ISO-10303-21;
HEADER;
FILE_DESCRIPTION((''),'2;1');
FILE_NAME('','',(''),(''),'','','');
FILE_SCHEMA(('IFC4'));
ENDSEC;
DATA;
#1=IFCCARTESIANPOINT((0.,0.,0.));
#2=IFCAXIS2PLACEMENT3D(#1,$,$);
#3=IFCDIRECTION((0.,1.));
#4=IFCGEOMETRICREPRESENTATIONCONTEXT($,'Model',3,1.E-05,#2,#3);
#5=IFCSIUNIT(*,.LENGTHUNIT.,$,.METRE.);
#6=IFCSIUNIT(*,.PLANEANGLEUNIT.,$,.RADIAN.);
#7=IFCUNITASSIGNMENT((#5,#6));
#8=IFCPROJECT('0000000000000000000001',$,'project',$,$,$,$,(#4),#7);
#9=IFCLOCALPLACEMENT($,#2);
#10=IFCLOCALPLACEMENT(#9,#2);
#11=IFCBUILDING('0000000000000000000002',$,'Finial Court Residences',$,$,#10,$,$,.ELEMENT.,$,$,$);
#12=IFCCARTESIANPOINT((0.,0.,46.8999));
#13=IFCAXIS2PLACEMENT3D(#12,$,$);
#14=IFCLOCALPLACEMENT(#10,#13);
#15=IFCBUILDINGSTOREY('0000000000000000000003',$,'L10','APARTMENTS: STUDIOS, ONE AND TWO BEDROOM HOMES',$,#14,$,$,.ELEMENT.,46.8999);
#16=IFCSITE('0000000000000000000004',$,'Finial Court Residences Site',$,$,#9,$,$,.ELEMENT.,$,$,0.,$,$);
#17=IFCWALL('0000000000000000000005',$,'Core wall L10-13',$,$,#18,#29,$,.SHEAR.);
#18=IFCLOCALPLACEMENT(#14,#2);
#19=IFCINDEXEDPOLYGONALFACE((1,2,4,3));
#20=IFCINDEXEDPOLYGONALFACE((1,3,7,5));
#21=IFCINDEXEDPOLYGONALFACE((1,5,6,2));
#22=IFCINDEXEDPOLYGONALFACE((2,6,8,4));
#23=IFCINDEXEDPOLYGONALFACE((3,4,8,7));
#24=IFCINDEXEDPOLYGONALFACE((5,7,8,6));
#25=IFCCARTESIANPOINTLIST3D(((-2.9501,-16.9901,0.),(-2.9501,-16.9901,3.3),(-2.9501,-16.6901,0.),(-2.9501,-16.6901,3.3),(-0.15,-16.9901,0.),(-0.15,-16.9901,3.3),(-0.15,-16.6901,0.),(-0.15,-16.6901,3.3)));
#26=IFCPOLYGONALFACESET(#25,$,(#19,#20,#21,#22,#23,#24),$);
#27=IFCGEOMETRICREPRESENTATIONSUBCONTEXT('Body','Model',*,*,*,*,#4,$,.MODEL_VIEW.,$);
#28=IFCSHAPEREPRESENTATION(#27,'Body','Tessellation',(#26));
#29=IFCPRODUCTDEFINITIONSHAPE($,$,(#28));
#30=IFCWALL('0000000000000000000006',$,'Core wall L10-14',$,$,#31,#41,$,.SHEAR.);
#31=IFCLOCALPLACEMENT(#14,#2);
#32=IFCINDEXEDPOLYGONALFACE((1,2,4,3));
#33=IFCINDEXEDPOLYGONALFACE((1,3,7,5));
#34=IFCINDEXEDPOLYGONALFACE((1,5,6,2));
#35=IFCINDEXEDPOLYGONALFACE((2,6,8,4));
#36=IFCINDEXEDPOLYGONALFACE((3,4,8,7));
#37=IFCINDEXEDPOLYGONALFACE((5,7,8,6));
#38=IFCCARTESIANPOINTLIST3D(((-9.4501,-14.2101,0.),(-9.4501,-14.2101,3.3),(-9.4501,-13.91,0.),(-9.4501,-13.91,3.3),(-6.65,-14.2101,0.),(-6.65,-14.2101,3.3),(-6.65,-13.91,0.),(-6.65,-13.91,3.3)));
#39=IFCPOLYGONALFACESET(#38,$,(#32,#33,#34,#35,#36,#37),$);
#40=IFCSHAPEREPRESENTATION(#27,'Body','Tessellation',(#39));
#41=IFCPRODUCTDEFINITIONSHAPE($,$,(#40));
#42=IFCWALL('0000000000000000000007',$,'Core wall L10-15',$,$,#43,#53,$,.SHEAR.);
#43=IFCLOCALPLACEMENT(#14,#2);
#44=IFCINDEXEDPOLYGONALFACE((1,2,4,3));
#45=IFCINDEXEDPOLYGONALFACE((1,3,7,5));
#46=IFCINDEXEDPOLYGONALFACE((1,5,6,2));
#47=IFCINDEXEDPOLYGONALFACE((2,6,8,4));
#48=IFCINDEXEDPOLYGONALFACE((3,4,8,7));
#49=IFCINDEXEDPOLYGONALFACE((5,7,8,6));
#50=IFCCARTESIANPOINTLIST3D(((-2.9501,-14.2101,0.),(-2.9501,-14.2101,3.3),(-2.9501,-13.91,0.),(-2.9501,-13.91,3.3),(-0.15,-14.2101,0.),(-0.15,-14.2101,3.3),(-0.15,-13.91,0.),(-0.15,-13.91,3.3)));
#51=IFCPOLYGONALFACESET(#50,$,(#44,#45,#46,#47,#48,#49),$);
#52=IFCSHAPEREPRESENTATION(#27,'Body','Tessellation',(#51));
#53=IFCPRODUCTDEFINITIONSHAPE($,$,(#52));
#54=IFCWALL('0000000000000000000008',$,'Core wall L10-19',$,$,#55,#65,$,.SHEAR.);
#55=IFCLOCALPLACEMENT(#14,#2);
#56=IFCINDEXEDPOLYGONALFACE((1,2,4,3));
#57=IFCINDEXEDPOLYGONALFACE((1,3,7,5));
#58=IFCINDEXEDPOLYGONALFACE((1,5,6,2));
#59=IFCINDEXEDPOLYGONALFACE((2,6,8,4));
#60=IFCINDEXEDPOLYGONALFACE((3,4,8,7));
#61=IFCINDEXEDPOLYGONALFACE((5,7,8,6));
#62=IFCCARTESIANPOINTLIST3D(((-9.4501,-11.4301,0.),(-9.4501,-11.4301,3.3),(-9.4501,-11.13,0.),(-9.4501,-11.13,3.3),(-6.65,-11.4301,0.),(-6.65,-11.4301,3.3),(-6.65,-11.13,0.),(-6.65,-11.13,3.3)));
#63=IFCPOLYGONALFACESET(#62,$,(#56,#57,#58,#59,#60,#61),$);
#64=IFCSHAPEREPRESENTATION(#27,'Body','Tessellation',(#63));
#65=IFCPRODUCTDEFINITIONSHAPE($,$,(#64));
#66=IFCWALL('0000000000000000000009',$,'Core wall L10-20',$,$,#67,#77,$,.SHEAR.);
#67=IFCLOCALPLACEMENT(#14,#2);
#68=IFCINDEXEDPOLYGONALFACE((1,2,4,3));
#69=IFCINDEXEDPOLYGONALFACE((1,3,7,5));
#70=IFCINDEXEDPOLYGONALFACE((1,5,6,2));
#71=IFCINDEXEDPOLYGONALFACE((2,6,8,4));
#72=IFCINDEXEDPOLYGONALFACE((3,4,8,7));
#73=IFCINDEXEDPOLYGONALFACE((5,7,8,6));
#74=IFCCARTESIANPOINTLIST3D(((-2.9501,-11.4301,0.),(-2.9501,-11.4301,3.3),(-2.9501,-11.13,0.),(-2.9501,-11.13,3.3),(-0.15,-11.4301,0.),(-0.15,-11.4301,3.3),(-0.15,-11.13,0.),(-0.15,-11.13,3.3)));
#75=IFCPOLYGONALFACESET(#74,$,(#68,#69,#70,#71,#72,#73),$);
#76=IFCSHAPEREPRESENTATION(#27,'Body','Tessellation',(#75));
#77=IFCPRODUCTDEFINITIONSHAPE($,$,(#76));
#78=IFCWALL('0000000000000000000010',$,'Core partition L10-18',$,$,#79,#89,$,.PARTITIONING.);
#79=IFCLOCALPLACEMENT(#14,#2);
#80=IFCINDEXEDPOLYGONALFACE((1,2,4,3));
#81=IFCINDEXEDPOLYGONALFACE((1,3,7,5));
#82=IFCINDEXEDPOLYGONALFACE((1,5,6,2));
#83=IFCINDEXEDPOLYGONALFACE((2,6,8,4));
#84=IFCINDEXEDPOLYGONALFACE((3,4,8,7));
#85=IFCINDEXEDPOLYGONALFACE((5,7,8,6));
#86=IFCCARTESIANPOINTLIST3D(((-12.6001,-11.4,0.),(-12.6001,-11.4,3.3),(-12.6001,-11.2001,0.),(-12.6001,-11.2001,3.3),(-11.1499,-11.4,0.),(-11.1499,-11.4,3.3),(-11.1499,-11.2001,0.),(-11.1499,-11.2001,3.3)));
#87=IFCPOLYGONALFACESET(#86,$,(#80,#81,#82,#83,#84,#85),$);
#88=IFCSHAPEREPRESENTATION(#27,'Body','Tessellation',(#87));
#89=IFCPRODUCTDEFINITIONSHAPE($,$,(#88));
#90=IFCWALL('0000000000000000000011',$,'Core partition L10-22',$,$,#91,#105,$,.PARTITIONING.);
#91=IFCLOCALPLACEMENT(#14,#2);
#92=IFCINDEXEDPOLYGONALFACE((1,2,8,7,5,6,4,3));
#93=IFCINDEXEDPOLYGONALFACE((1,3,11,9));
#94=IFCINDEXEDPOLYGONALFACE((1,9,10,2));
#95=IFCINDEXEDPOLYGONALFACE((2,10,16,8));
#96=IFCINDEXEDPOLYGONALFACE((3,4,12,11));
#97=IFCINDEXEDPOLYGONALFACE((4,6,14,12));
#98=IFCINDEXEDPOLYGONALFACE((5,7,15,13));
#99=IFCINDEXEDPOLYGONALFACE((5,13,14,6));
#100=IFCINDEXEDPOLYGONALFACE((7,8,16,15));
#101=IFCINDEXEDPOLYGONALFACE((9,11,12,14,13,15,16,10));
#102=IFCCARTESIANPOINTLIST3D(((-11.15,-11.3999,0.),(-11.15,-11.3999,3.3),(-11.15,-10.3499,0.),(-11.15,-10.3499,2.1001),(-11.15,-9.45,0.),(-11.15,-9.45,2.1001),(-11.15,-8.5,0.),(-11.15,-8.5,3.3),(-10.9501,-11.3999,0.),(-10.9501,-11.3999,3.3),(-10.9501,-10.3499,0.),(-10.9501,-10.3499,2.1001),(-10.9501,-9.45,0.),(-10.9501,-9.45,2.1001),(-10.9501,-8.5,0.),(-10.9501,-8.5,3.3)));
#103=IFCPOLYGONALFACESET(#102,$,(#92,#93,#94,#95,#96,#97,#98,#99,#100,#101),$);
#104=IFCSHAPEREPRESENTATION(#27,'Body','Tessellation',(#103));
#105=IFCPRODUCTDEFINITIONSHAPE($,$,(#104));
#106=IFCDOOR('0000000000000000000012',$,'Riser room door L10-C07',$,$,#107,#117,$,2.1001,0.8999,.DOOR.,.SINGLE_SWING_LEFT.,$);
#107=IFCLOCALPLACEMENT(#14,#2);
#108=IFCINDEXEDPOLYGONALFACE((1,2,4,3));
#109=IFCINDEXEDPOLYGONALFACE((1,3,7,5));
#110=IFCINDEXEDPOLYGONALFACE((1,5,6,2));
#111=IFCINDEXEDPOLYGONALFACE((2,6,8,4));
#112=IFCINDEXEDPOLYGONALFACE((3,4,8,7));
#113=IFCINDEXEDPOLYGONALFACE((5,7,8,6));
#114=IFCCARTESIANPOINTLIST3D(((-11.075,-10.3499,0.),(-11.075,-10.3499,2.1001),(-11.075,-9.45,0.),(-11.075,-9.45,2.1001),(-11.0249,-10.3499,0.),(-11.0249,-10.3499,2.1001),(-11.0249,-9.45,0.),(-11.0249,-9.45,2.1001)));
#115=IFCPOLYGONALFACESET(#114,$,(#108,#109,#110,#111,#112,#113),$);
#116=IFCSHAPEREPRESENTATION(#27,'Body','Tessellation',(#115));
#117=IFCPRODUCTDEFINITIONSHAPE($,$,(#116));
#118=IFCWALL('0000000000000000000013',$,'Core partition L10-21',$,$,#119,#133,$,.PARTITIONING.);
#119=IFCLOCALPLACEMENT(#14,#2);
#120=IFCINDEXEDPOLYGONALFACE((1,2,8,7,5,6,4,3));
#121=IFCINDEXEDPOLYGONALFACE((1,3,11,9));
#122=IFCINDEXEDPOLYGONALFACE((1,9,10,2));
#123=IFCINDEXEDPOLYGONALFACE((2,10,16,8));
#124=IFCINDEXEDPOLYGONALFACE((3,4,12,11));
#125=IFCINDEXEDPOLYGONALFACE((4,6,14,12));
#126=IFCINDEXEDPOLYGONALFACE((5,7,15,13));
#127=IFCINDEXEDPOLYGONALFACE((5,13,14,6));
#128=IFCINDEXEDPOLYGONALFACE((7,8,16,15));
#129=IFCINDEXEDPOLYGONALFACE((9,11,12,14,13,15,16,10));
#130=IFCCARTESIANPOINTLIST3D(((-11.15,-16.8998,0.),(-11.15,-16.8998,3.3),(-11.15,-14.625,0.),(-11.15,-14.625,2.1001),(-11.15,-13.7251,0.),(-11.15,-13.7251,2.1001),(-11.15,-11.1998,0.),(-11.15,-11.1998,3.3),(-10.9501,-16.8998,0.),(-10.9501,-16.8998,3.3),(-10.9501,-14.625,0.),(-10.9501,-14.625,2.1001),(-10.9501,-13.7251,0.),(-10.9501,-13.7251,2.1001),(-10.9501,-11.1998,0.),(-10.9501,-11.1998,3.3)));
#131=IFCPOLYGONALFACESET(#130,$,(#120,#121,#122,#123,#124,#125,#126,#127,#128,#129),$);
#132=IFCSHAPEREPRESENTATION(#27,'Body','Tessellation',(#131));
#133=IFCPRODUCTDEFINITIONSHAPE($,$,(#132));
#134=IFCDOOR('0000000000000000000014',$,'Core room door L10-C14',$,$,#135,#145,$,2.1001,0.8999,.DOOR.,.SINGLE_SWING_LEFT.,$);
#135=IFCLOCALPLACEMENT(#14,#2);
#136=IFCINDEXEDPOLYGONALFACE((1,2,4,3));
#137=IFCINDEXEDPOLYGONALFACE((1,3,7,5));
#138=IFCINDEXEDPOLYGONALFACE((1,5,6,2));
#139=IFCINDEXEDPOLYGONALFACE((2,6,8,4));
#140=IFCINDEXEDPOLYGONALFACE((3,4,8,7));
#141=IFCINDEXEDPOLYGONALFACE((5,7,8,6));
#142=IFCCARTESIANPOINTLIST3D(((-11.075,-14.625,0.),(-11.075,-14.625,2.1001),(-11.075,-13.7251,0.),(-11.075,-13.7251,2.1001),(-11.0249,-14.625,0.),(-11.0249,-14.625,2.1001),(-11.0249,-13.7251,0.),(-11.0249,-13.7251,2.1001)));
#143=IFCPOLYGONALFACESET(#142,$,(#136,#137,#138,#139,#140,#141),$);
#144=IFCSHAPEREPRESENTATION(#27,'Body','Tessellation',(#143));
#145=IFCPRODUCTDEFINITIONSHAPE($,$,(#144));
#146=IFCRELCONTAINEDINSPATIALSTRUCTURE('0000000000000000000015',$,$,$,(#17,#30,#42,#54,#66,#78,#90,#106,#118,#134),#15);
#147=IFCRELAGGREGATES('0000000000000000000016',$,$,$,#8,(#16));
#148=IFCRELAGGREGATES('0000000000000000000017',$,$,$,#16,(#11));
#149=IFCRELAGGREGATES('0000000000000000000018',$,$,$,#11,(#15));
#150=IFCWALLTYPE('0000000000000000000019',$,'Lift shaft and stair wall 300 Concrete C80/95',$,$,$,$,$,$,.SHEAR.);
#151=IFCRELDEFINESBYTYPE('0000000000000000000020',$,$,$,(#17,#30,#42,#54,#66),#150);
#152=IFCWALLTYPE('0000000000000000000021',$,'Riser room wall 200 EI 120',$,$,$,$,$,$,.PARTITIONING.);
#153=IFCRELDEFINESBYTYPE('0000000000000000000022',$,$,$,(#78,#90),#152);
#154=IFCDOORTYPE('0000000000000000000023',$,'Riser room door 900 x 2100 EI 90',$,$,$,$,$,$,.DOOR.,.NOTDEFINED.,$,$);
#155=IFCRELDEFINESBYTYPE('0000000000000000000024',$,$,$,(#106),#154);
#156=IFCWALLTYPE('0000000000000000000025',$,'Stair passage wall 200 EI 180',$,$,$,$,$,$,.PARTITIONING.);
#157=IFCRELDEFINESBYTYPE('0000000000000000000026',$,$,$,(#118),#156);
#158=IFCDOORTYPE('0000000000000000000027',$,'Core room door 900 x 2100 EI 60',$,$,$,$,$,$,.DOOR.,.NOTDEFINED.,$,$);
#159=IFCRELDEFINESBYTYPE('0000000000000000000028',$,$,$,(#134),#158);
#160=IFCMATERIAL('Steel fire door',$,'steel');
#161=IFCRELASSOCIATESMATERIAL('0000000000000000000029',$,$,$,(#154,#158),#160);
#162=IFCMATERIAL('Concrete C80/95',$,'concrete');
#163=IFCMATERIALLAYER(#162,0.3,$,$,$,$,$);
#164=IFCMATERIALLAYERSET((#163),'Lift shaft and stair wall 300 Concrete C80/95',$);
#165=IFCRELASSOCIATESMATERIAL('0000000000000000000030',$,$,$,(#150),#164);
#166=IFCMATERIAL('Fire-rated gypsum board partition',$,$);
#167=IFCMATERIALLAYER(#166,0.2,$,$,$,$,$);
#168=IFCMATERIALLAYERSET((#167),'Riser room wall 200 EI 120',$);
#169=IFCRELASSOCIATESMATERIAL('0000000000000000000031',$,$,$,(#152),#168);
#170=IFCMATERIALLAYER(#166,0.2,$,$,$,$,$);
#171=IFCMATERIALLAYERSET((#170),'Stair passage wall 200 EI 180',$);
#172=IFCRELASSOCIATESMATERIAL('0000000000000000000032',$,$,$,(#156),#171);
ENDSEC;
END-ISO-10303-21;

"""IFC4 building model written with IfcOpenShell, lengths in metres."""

from ifc_helpers import new_model, si_unit, direction, frame, frame_2d, origin, place, context, subcontext, project, spatial, rectangle, extrude, material, layer, layer_set, type_object, element, fill, save


model = new_model("IFC4")

# Units and contexts
model_context = context("Model", 3, precision=1e-05, world=origin(), true_north=direction((0.0, 1.0)))
body_context = subcontext(model_context, "Body", "Model", "MODEL_VIEW")
ifc_project = project(units=[si_unit("LENGTHUNIT", "METRE"), si_unit("PLANEANGLEUNIT", "RADIAN")], contexts=[model_context])

# Site, building, storey
site_placement = place(None, origin())
site = spatial("IfcSite", under=ifc_project, at=site_placement, Name="Finial Court Residences Site", CompositionType="ELEMENT", RefElevation=0.0)
building_placement = place(site_placement, origin())
building = spatial("IfcBuilding", under=site, at=building_placement, Name="Finial Court Residences", CompositionType="ELEMENT")
storey_placement = place(building_placement, frame((0.0, 0.0, 46.8999)))
storey = spatial("IfcBuildingStorey", under=building, at=storey_placement, Name="L10", Description="APARTMENTS: STUDIOS, ONE AND TWO BEDROOM HOMES", CompositionType="ELEMENT", Elevation=46.8999)

# Shared definitions
ifc_material_1 = material(Name="Concrete C80/95", Category="concrete")

# Shared definitions
ifc_material_2 = material(Name="Steel fire door", Category="steel")
door_type_1 = type_object("IfcDoorType", Name="Riser room door 900 x 2100 EI 90", OperationType="NOTDEFINED", PredefinedType="DOOR", material=ifc_material_2)

# Walls
ifc_layer_1 = layer(ifc_material_1, 0.3)
ifc_layer_set_1 = layer_set([ifc_layer_1], Name="Lift shaft and stair wall 300 Concrete C80/95")
wall_type_1 = type_object("IfcWallType", Name="Lift shaft and stair wall 300 Concrete C80/95", PredefinedType="SHEAR", material=ifc_layer_set_1)
for number, where, z_axis, x_axis, name in (
    (1, (-2.95, -16.8401, 0.0), (0.0, 0.0, 1.0), (1.0, 0.0, 0.0), "Core wall L10-13"),
    (2, (-9.45, -14.0601, 0.0), (0.0, 0.0, 1.0), (1.0, 0.0, 0.0), "Core wall L10-14"),
    (3, (-2.95, -14.0601, 0.0), (0.0, 0.0, 1.0), (1.0, 0.0, 0.0), "Core wall L10-15"),
    (4, (-9.45, -11.28, 0.0), (0.0, 0.0, 1.0), (1.0, 0.0, 0.0), "Core wall L10-19"),
    (5, (-2.95, -11.28, 0.0), (0.0, 0.0, 1.0), (1.0, 0.0, 0.0), "Core wall L10-20"),
):
    element("IfcWall", number, at=place(storey_placement, frame(where, z_axis=z_axis, x_axis=x_axis)), inside=storey, type_object=wall_type_1, Name=name, PredefinedType="SHEAR", context=body_context, shape_type="SweptSolid", body=[
        extrude(rectangle(XDim=2.8, YDim=0.3, at=frame_2d((1.3999, 0.0))), origin(), (0.0, 0.0, 1.0), 3.3),
    ])
ifc_material_3 = material(Name="Fire-rated gypsum board partition")
ifc_layer_2 = layer(ifc_material_3, 0.2)
ifc_layer_set_2 = layer_set([ifc_layer_2], Name="Riser room wall 200 EI 120")
wall_type_2 = type_object("IfcWallType", Name="Riser room wall 200 EI 120", PredefinedType="PARTITIONING", material=ifc_layer_set_2)
wall_1_placement = place(storey_placement, frame((-12.6001, -11.3, 0.0), z_axis=(0.0, 0.0, 1.0), x_axis=(1.0, 0.0, 0.0)))
element("IfcWall", 6, at=wall_1_placement, inside=storey, type_object=wall_type_2, Name="Core partition L10-18", PredefinedType="PARTITIONING", context=body_context, shape_type="SweptSolid", body=[
    extrude(rectangle(XDim=1.4502, YDim=0.2, at=frame_2d((0.7251, 0.0))), origin(), (0.0, 0.0, 1.0), 3.3),
])

# Walls, openings, doors
wall_2_placement = place(storey_placement, frame((-11.05, -11.3999, 0.0), z_axis=(0.0, 0.0, 1.0), x_axis=(0.0, 1.0, 0.0)))
wall_2 = element("IfcWall", 7, at=wall_2_placement, inside=storey, type_object=wall_type_2, Name="Core partition L10-22", PredefinedType="PARTITIONING", context=body_context, shape_type="SweptSolid", body=[
    extrude(rectangle(XDim=2.8999, YDim=0.2, at=frame_2d((1.45, 0.0))), origin(), (0.0, 0.0, 1.0), 3.3),
])
opening_1_placement = place(wall_2_placement, frame((1.05, 0.0, 0.0)))
opening_1 = element("IfcOpeningElement", 8, at=opening_1_placement, cuts=wall_2, PredefinedType="OPENING", context=body_context, shape_type="SweptSolid", body=[
    extrude(rectangle(XDim=0.8999, YDim=2.1001, at=frame_2d((0.45, 1.05))), frame((0.0, 0.1099, 0.0), z_axis=(0.0, -1.0, 0.0), x_axis=(1.0, 0.0, 0.0)), (0.0, 0.0, 1.0), 0.22),
])
door_1_placement = place(opening_1_placement, origin())
door_1 = element("IfcDoor", 9, at=door_1_placement, inside=storey, type_object=door_type_1, Name="Riser room door L10-C07", OperationType="SINGLE_SWING_LEFT", OverallHeight=2.1001, OverallWidth=0.8999, PredefinedType="DOOR", context=body_context, shape_type="SweptSolid", body=[
    extrude(rectangle(XDim=0.8999, YDim=2.1001, at=frame_2d((0.45, 1.05))), frame((0.0, 0.0249, 0.0), z_axis=(0.0, -1.0, 0.0), x_axis=(1.0, 0.0, 0.0)), (0.0, 0.0, 1.0), 0.05),
])
fill(opening_1, door_1)
ifc_layer_3 = layer(ifc_material_3, 0.2)
ifc_layer_set_3 = layer_set([ifc_layer_3], Name="Stair passage wall 200 EI 180")
wall_type_3 = type_object("IfcWallType", Name="Stair passage wall 200 EI 180", PredefinedType="PARTITIONING", material=ifc_layer_set_3)
wall_3_placement = place(storey_placement, frame((-11.05, -16.8999, 0.0), z_axis=(0.0, 0.0, 1.0), x_axis=(0.0, 1.0, 0.0)))
wall_3 = element("IfcWall", 10, at=wall_3_placement, inside=storey, type_object=wall_type_3, Name="Core partition L10-21", PredefinedType="PARTITIONING", context=body_context, shape_type="SweptSolid", body=[
    extrude(rectangle(XDim=5.7, YDim=0.2, at=frame_2d((2.8501, 0.0))), origin(), (0.0, 0.0, 1.0), 3.3),
])
opening_2_placement = place(wall_3_placement, frame((2.2749, 0.0, 0.0)))
opening_2 = element("IfcOpeningElement", 11, at=opening_2_placement, cuts=wall_3, PredefinedType="OPENING", context=body_context, shape_type="SweptSolid", body=[
    extrude(rectangle(XDim=0.8999, YDim=2.1001, at=frame_2d((0.45, 1.05))), frame((0.0, 0.1099, 0.0), z_axis=(0.0, -1.0, 0.0), x_axis=(1.0, 0.0, 0.0)), (0.0, 0.0, 1.0), 0.22),
])
door_type_2 = type_object("IfcDoorType", Name="Core room door 900 x 2100 EI 60", OperationType="NOTDEFINED", PredefinedType="DOOR", material=ifc_material_2)
door_2_placement = place(opening_2_placement, origin())
door_2 = element("IfcDoor", 12, at=door_2_placement, inside=storey, type_object=door_type_2, Name="Core room door L10-C14", OperationType="SINGLE_SWING_LEFT", OverallHeight=2.1001, OverallWidth=0.8999, PredefinedType="DOOR", context=body_context, shape_type="SweptSolid", body=[
    extrude(rectangle(XDim=0.8999, YDim=2.1001, at=frame_2d((0.45, 1.05))), frame((0.0, 0.0249, 0.0), z_axis=(0.0, -1.0, 0.0), x_axis=(1.0, 0.0, 0.0)), (0.0, 0.0, 1.0), 0.05),
])
fill(opening_2, door_2)

save(model, "model.ifc")
